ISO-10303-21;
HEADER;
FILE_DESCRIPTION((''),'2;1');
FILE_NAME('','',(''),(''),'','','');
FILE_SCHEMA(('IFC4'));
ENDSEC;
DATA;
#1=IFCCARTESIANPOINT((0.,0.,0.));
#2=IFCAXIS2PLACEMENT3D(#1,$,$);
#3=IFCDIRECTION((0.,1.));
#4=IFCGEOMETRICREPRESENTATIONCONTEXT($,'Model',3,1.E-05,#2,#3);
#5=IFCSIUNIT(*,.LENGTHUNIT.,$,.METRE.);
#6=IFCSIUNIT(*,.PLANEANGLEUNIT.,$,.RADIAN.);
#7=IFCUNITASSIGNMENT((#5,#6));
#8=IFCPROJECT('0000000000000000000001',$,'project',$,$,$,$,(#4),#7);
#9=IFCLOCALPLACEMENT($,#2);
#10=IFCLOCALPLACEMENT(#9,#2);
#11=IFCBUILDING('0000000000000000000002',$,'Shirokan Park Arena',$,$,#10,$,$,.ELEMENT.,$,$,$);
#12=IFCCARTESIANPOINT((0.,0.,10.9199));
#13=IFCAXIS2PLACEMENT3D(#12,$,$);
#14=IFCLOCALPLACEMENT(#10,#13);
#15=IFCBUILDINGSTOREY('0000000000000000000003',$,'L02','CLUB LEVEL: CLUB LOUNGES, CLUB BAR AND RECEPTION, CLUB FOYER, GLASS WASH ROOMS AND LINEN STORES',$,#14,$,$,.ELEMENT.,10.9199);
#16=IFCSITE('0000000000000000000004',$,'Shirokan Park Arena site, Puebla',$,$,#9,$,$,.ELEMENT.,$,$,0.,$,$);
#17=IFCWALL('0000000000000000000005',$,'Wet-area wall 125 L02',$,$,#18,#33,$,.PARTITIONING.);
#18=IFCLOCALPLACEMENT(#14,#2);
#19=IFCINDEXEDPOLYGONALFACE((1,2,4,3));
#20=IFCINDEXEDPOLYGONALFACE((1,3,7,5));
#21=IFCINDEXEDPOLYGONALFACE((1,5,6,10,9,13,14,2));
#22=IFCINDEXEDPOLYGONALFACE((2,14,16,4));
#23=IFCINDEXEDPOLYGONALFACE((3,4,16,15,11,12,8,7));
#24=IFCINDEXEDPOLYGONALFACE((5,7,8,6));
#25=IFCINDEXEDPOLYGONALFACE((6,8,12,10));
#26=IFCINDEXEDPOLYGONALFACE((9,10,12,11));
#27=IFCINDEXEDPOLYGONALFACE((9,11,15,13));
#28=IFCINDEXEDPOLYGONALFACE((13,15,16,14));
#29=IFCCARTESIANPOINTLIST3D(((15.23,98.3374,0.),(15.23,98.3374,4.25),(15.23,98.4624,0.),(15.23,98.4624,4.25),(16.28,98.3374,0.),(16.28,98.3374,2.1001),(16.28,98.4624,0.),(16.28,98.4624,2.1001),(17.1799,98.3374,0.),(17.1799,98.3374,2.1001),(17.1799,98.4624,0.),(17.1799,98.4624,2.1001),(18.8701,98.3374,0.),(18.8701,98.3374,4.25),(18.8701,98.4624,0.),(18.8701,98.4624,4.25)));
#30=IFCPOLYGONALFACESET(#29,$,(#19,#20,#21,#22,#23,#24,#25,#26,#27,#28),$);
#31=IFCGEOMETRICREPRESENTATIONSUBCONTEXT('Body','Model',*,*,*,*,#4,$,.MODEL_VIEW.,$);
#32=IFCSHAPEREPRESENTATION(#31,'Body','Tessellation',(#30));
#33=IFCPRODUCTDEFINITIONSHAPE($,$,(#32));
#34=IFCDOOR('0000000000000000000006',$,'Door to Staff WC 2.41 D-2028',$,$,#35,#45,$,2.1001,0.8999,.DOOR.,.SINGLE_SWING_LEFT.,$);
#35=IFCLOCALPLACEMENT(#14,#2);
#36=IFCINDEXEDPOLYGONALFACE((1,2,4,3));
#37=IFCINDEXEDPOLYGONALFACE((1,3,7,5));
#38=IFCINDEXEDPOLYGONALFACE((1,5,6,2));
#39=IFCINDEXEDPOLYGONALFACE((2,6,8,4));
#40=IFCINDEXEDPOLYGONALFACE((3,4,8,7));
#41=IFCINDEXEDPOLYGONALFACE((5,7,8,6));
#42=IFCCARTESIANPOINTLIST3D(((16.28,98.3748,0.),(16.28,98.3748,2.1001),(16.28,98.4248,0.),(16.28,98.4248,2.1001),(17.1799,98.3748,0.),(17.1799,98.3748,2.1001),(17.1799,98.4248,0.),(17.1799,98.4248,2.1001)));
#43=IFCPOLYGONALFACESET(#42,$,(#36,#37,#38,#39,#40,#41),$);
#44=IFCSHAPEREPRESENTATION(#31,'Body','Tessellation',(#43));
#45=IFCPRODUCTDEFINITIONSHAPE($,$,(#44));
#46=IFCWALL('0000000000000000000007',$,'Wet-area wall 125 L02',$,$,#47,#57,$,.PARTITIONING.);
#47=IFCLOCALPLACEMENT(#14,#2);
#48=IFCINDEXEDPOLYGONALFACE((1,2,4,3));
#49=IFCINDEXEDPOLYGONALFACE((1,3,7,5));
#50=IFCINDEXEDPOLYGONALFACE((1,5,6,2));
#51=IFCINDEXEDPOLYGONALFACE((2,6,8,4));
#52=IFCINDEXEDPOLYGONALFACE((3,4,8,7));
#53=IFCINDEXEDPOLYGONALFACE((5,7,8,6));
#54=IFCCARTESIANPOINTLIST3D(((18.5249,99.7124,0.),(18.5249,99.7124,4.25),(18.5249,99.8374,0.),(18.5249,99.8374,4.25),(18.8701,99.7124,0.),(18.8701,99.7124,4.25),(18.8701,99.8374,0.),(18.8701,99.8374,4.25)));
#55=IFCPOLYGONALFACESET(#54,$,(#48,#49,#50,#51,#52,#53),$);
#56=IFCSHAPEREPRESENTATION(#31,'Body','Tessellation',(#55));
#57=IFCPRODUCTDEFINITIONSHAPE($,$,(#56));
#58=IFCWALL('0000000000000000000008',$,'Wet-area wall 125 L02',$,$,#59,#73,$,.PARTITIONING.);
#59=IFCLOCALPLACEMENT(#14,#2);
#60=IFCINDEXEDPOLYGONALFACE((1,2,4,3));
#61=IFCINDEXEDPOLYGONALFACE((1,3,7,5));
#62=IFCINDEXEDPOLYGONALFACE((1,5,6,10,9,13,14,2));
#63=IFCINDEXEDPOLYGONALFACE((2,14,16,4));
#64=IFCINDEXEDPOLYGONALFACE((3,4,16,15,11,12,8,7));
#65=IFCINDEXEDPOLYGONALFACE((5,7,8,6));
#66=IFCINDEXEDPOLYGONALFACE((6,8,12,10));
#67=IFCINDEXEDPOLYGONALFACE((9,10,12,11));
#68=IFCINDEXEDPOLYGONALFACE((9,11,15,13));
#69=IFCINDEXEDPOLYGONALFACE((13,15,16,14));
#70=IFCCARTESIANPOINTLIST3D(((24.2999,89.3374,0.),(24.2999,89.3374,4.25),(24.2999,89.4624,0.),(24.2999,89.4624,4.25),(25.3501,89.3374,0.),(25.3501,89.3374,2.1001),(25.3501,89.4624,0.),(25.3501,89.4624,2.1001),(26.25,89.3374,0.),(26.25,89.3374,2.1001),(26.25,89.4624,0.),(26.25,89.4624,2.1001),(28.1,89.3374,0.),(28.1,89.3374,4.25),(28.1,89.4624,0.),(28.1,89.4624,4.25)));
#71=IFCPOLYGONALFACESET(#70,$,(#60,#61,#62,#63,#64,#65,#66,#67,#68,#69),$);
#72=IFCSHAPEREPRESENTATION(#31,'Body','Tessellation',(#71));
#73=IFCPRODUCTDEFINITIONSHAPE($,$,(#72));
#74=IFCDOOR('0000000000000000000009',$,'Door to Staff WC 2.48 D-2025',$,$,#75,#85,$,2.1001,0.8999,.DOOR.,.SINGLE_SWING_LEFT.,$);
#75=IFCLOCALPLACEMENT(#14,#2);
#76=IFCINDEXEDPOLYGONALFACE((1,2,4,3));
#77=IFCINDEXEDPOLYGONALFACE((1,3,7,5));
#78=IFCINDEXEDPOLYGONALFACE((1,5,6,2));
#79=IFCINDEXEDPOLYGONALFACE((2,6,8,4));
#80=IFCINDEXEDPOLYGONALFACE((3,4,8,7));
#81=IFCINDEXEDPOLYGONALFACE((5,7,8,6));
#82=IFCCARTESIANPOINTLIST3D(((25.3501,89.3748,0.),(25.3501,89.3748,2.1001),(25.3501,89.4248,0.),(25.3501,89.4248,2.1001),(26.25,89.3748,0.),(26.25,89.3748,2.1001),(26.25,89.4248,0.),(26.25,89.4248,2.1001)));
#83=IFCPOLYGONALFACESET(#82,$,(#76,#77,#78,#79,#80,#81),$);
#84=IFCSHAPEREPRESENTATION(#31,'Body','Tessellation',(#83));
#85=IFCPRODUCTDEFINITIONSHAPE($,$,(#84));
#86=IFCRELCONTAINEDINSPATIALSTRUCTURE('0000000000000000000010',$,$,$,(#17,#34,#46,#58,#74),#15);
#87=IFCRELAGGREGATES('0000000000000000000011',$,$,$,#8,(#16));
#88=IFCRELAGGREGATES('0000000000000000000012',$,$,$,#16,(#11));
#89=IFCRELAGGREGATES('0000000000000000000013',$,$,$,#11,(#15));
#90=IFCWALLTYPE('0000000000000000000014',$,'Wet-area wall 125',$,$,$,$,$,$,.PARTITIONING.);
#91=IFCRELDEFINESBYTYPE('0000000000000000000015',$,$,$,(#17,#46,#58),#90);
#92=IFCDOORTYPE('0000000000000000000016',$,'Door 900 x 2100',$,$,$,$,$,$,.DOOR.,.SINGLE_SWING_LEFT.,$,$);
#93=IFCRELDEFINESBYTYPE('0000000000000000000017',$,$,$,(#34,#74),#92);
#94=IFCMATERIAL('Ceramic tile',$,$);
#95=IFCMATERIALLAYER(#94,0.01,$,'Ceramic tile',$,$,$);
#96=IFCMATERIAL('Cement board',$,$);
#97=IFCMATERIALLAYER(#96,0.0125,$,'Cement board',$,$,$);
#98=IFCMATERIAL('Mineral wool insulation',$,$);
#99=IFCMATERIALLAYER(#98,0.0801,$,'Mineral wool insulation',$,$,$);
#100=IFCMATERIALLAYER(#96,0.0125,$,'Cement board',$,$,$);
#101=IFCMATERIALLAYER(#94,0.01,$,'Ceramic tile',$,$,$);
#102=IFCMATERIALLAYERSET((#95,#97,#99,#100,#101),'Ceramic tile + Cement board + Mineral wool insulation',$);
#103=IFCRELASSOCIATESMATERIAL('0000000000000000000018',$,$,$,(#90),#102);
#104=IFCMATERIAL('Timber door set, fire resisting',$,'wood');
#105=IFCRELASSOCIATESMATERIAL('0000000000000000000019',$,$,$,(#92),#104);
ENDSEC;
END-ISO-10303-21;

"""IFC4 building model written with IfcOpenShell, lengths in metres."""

from ifc_helpers import new_model, si_unit, direction, frame, frame_2d, origin, place, context, subcontext, project, spatial, rectangle, extrude, material, layer, layer_set, type_object, element, fill, save


model = new_model("IFC4")

# Units and contexts
model_context = context("Model", 3, precision=1e-05, world=origin(), true_north=direction((0.0, 1.0)))
body_context = subcontext(model_context, "Body", "Model", "MODEL_VIEW")
ifc_project = project(units=[si_unit("LENGTHUNIT", "METRE"), si_unit("PLANEANGLEUNIT", "RADIAN")], contexts=[model_context])

# Site, building, storey
site_placement = place(None, origin())
site = spatial("IfcSite", under=ifc_project, at=site_placement, Name="Shirokan Park Arena site, Puebla", CompositionType="ELEMENT", RefElevation=0.0)
building_placement = place(site_placement, origin())
building = spatial("IfcBuilding", under=site, at=building_placement, Name="Shirokan Park Arena", CompositionType="ELEMENT")
storey_placement = place(building_placement, frame((0.0, 0.0, 10.9199)))
storey = spatial("IfcBuildingStorey", under=building, at=storey_placement, Name="L02", Description="CLUB LEVEL: CLUB LOUNGES, CLUB BAR AND RECEPTION, CLUB FOYER, GLASS WASH ROOMS AND LINEN STORES", CompositionType="ELEMENT", Elevation=10.9199)

# Shared definitions
ifc_material_1 = material(Name="Mineral wool insulation")

# Wall, opening, door
ifc_material_2 = material(Name="Ceramic tile")
ifc_layer_1 = layer(ifc_material_2, 0.01, Name="Ceramic tile")
ifc_material_3 = material(Name="Cement board")
ifc_layer_2 = layer(ifc_material_3, 0.0125, Name="Cement board")
ifc_layer_3 = layer(ifc_material_1, 0.0801, Name="Mineral wool insulation")
ifc_layer_4 = layer(ifc_material_3, 0.0125, Name="Cement board")
ifc_layer_5 = layer(ifc_material_2, 0.01, Name="Ceramic tile")
ifc_layer_set_1 = layer_set([ifc_layer_1, ifc_layer_2, ifc_layer_3, ifc_layer_4, ifc_layer_5], Name="Ceramic tile + Cement board + Mineral wool insulation")
wall_type_1 = type_object("IfcWallType", Name="Wet-area wall 125", PredefinedType="PARTITIONING", material=ifc_layer_set_1)
wall_1_placement = place(storey_placement, frame((15.23, 98.3999, 0.0), z_axis=(0.0, 0.0, 1.0), x_axis=(1.0, 0.0, 0.0)))
wall_1 = element("IfcWall", 1, at=wall_1_placement, inside=storey, type_object=wall_type_1, Name="Wet-area wall 125 L02", PredefinedType="PARTITIONING", context=body_context, shape_type="SweptSolid", body=[
    extrude(rectangle(XDim=3.6401, YDim=0.125, at=frame_2d((1.8201, 0.0))), origin(), (0.0, 0.0, 1.0), 4.25),
])
opening_1_placement = place(wall_1_placement, frame((1.05, 0.0, 0.0)))
opening_1 = element("IfcOpeningElement", 2, at=opening_1_placement, cuts=wall_1, PredefinedType="OPENING", context=body_context, shape_type="SweptSolid", body=[
    extrude(rectangle(XDim=0.8999, YDim=2.1001, at=frame_2d((0.45, 1.05))), frame((0.0, 0.0725, 0.0), z_axis=(0.0, -1.0, 0.0), x_axis=(1.0, 0.0, 0.0)), (0.0, 0.0, 1.0), 0.145),
])
ifc_material_4 = material(Name="Timber door set, fire resisting", Category="wood")
door_type_1 = type_object("IfcDoorType", Name="Door 900 x 2100", OperationType="SINGLE_SWING_LEFT", PredefinedType="DOOR", material=ifc_material_4)
door_1_placement = place(opening_1_placement, origin())
door_1 = element("IfcDoor", 3, at=door_1_placement, inside=storey, type_object=door_type_1, Name="Door to Staff WC 2.41 D-2028", OperationType="SINGLE_SWING_LEFT", OverallHeight=2.1001, OverallWidth=0.8999, PredefinedType="DOOR", context=body_context, shape_type="SweptSolid", body=[
    extrude(rectangle(XDim=0.8999, YDim=2.1001, at=frame_2d((0.45, 1.05))), frame((0.0, 0.0249, 0.0), z_axis=(0.0, -1.0, 0.0), x_axis=(1.0, 0.0, 0.0)), (0.0, 0.0, 1.0), 0.05),
])
fill(opening_1, door_1)

# Wall
wall_2_placement = place(storey_placement, frame((18.5249, 99.7749, 0.0), z_axis=(0.0, 0.0, 1.0), x_axis=(1.0, 0.0, 0.0)))
element("IfcWall", 4, at=wall_2_placement, inside=storey, type_object=wall_type_1, Name="Wet-area wall 125 L02", PredefinedType="PARTITIONING", context=body_context, shape_type="SweptSolid", body=[
    extrude(rectangle(XDim=0.3452, YDim=0.125, at=frame_2d((0.1726, 0.0))), origin(), (0.0, 0.0, 1.0), 4.25),
])

# Wall, opening, door
wall_3_placement = place(storey_placement, frame((24.3, 89.3999, 0.0), z_axis=(0.0, 0.0, 1.0), x_axis=(1.0, 0.0, 0.0)))
wall_3 = element("IfcWall", 5, at=wall_3_placement, inside=storey, type_object=wall_type_1, Name="Wet-area wall 125 L02", PredefinedType="PARTITIONING", context=body_context, shape_type="SweptSolid", body=[
    extrude(rectangle(XDim=3.8, YDim=0.125, at=frame_2d((1.8999, 0.0))), origin(), (0.0, 0.0, 1.0), 4.25),
])
opening_2_placement = place(wall_3_placement, frame((1.05, 0.0, 0.0)))
opening_2 = element("IfcOpeningElement", 6, at=opening_2_placement, cuts=wall_3, PredefinedType="OPENING", context=body_context, shape_type="SweptSolid", body=[
    extrude(rectangle(XDim=0.8999, YDim=2.1001, at=frame_2d((0.45, 1.05))), frame((0.0, 0.0725, 0.0), z_axis=(0.0, -1.0, 0.0), x_axis=(1.0, 0.0, 0.0)), (0.0, 0.0, 1.0), 0.145),
])
door_2_placement = place(opening_2_placement, origin())
door_2 = element("IfcDoor", 7, at=door_2_placement, inside=storey, type_object=door_type_1, Name="Door to Staff WC 2.48 D-2025", OperationType="SINGLE_SWING_LEFT", OverallHeight=2.1001, OverallWidth=0.8999, PredefinedType="DOOR", context=body_context, shape_type="SweptSolid", body=[
    extrude(rectangle(XDim=0.8999, YDim=2.1001, at=frame_2d((0.45, 1.05))), frame((0.0, 0.0249, 0.0), z_axis=(0.0, -1.0, 0.0), x_axis=(1.0, 0.0, 0.0)), (0.0, 0.0, 1.0), 0.05),
])
fill(opening_2, door_2)

save(model, "model.ifc")
